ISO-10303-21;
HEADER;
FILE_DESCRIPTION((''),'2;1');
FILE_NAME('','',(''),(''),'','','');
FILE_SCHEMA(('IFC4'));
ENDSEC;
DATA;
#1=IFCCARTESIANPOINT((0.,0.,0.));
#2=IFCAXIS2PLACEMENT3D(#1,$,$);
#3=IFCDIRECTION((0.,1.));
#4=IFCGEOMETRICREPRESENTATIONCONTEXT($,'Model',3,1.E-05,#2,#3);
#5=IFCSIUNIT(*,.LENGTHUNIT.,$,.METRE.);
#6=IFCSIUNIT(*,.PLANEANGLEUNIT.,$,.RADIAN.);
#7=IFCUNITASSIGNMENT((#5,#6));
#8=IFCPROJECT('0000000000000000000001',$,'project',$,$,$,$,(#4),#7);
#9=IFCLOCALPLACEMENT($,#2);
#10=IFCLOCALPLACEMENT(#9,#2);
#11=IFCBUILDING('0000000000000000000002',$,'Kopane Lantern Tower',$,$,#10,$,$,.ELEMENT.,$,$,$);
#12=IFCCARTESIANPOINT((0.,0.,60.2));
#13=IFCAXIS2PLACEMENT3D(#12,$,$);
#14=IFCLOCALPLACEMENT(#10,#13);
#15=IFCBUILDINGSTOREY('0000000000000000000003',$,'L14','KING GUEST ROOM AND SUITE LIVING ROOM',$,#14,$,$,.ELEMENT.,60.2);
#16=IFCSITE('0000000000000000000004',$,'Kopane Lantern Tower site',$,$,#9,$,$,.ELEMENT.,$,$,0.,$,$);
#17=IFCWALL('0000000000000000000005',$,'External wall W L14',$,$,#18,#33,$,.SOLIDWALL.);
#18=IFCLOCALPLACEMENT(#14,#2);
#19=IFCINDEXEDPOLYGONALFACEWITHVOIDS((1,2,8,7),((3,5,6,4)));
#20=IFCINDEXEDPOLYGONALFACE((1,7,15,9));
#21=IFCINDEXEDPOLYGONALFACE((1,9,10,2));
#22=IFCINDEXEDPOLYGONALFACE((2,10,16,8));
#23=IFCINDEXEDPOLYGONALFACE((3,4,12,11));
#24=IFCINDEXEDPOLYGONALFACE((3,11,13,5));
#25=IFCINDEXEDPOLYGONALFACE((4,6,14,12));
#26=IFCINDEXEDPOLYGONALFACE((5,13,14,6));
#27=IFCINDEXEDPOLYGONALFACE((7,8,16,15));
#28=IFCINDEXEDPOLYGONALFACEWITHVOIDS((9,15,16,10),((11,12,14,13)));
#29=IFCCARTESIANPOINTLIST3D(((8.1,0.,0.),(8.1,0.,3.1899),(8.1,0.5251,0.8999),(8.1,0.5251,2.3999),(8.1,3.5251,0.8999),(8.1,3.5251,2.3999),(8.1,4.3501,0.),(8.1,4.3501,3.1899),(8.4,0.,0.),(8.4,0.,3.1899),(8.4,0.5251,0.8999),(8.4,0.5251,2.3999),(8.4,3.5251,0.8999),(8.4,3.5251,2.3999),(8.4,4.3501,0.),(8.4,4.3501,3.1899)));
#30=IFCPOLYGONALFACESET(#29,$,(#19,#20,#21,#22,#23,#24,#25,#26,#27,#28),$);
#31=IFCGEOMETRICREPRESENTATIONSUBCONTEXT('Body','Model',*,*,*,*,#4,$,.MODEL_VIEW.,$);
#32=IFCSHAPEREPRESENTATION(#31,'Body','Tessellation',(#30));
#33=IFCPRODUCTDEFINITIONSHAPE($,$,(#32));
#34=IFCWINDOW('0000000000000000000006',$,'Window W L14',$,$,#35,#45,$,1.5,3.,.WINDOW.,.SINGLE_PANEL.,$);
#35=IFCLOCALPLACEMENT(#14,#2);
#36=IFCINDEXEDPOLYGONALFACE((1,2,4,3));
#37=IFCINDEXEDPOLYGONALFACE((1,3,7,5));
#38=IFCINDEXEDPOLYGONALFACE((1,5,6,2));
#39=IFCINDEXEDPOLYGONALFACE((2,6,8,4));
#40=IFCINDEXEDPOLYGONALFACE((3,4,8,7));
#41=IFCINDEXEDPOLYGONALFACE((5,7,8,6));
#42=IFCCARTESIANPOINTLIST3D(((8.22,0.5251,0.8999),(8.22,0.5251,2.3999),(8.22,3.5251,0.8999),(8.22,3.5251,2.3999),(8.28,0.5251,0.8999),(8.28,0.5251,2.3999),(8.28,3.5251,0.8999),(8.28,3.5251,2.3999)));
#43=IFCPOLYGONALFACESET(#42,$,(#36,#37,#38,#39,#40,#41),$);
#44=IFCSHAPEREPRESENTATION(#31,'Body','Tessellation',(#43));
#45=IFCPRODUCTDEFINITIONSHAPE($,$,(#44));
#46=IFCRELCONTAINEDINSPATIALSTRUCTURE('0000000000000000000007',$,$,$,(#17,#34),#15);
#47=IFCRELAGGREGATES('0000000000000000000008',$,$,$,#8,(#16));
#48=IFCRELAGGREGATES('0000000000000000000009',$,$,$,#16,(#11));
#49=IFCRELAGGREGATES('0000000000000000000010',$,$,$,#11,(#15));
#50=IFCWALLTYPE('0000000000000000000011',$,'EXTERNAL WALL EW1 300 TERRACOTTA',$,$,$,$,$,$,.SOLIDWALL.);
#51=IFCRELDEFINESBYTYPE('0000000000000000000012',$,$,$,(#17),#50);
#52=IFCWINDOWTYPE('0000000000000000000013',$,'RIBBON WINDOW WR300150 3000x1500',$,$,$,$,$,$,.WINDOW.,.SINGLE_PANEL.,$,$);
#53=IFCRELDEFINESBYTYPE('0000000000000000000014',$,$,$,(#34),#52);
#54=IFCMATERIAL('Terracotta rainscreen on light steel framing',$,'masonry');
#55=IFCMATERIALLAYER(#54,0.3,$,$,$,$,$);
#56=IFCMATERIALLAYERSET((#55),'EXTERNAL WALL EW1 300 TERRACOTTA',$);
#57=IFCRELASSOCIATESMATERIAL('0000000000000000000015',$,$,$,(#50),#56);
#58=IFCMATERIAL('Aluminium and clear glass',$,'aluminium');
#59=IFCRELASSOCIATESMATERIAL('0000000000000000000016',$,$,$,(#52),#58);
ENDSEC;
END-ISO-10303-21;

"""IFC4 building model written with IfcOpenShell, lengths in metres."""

from ifc_helpers import new_model, si_unit, direction, frame, frame_2d, origin, place, context, subcontext, project, spatial, rectangle, extrude, material, layer, layer_set, type_object, element, fill, save


model = new_model("IFC4")

# Units and contexts
model_context = context("Model", 3, precision=1e-05, world=origin(), true_north=direction((0.0, 1.0)))
body_context = subcontext(model_context, "Body", "Model", "MODEL_VIEW")
ifc_project = project(units=[si_unit("LENGTHUNIT", "METRE"), si_unit("PLANEANGLEUNIT", "RADIAN")], contexts=[model_context])

# Site, building, storey
site_placement = place(None, origin())
site = spatial("IfcSite", under=ifc_project, at=site_placement, Name="Kopane Lantern Tower site", CompositionType="ELEMENT", RefElevation=0.0)
building_placement = place(site_placement, origin())
building = spatial("IfcBuilding", under=site, at=building_placement, Name="Kopane Lantern Tower", CompositionType="ELEMENT")
storey_placement = place(building_placement, frame((0.0, 0.0, 60.2)))
storey = spatial("IfcBuildingStorey", under=building, at=storey_placement, Name="L14", Description="KING GUEST ROOM AND SUITE LIVING ROOM", CompositionType="ELEMENT", Elevation=60.2)

# Shared definitions
ifc_material_1 = material(Name="Terracotta rainscreen on light steel framing", Category="masonry")
ifc_layer = layer(ifc_material_1, 0.3)
ifc_layer_set = layer_set([ifc_layer], Name="EXTERNAL WALL EW1 300 TERRACOTTA")
wall_type = type_object("IfcWallType", Name="EXTERNAL WALL EW1 300 TERRACOTTA", PredefinedType="SOLIDWALL", material=ifc_layer_set)

# Wall, opening, window
ifc_material_2 = material(Name="Aluminium and clear glass", Category="aluminium")
window_type_1 = type_object("IfcWindowType", Name="RIBBON WINDOW WR300150 3000x1500", PartitioningType="SINGLE_PANEL", PredefinedType="WINDOW", material=ifc_material_2)
wall_1_placement = place(storey_placement, frame((8.25, 4.3501, 0.0), z_axis=(0.0, 0.0, 1.0), x_axis=(0.0, -1.0, 0.0)))
wall_1 = element("IfcWall", 1, at=wall_1_placement, inside=storey, type_object=wall_type, Name="External wall W L14", PredefinedType="SOLIDWALL", context=body_context, shape_type="SweptSolid", body=[
    extrude(rectangle(XDim=4.3501, YDim=0.3, at=frame_2d((2.175, 0.0))), origin(), (0.0, 0.0, 1.0), 3.1899),
])
opening_1_placement = place(wall_1_placement, frame((0.825, 0.0, 0.8999)))
opening_1 = element("IfcOpeningElement", 2, at=opening_1_placement, cuts=wall_1, PredefinedType="OPENING", context=body_context, shape_type="SweptSolid", body=[
    extrude(rectangle(XDim=3.0, YDim=1.5, at=frame_2d((1.5, 0.75))), frame((0.0, 0.1599, 0.0), z_axis=(0.0, -1.0, 0.0), x_axis=(1.0, 0.0, 0.0)), (0.0, 0.0, 1.0), 0.3201),
])
window_1_placement = place(opening_1_placement, origin())
window_1 = element("IfcWindow", 3, at=window_1_placement, inside=storey, type_object=window_type_1, Name="Window W L14", OverallHeight=1.5, OverallWidth=3.0, PartitioningType="SINGLE_PANEL", PredefinedType="WINDOW", context=body_context, shape_type="SweptSolid", body=[
    extrude(rectangle(XDim=3.0, YDim=1.5, at=frame_2d((1.5, 0.75))), frame((0.0, 0.03, 0.0), z_axis=(0.0, -1.0, 0.0), x_axis=(1.0, 0.0, 0.0)), (0.0, 0.0, 1.0), 0.0601),
])
fill(opening_1, window_1)

save(model, "model.ifc")
